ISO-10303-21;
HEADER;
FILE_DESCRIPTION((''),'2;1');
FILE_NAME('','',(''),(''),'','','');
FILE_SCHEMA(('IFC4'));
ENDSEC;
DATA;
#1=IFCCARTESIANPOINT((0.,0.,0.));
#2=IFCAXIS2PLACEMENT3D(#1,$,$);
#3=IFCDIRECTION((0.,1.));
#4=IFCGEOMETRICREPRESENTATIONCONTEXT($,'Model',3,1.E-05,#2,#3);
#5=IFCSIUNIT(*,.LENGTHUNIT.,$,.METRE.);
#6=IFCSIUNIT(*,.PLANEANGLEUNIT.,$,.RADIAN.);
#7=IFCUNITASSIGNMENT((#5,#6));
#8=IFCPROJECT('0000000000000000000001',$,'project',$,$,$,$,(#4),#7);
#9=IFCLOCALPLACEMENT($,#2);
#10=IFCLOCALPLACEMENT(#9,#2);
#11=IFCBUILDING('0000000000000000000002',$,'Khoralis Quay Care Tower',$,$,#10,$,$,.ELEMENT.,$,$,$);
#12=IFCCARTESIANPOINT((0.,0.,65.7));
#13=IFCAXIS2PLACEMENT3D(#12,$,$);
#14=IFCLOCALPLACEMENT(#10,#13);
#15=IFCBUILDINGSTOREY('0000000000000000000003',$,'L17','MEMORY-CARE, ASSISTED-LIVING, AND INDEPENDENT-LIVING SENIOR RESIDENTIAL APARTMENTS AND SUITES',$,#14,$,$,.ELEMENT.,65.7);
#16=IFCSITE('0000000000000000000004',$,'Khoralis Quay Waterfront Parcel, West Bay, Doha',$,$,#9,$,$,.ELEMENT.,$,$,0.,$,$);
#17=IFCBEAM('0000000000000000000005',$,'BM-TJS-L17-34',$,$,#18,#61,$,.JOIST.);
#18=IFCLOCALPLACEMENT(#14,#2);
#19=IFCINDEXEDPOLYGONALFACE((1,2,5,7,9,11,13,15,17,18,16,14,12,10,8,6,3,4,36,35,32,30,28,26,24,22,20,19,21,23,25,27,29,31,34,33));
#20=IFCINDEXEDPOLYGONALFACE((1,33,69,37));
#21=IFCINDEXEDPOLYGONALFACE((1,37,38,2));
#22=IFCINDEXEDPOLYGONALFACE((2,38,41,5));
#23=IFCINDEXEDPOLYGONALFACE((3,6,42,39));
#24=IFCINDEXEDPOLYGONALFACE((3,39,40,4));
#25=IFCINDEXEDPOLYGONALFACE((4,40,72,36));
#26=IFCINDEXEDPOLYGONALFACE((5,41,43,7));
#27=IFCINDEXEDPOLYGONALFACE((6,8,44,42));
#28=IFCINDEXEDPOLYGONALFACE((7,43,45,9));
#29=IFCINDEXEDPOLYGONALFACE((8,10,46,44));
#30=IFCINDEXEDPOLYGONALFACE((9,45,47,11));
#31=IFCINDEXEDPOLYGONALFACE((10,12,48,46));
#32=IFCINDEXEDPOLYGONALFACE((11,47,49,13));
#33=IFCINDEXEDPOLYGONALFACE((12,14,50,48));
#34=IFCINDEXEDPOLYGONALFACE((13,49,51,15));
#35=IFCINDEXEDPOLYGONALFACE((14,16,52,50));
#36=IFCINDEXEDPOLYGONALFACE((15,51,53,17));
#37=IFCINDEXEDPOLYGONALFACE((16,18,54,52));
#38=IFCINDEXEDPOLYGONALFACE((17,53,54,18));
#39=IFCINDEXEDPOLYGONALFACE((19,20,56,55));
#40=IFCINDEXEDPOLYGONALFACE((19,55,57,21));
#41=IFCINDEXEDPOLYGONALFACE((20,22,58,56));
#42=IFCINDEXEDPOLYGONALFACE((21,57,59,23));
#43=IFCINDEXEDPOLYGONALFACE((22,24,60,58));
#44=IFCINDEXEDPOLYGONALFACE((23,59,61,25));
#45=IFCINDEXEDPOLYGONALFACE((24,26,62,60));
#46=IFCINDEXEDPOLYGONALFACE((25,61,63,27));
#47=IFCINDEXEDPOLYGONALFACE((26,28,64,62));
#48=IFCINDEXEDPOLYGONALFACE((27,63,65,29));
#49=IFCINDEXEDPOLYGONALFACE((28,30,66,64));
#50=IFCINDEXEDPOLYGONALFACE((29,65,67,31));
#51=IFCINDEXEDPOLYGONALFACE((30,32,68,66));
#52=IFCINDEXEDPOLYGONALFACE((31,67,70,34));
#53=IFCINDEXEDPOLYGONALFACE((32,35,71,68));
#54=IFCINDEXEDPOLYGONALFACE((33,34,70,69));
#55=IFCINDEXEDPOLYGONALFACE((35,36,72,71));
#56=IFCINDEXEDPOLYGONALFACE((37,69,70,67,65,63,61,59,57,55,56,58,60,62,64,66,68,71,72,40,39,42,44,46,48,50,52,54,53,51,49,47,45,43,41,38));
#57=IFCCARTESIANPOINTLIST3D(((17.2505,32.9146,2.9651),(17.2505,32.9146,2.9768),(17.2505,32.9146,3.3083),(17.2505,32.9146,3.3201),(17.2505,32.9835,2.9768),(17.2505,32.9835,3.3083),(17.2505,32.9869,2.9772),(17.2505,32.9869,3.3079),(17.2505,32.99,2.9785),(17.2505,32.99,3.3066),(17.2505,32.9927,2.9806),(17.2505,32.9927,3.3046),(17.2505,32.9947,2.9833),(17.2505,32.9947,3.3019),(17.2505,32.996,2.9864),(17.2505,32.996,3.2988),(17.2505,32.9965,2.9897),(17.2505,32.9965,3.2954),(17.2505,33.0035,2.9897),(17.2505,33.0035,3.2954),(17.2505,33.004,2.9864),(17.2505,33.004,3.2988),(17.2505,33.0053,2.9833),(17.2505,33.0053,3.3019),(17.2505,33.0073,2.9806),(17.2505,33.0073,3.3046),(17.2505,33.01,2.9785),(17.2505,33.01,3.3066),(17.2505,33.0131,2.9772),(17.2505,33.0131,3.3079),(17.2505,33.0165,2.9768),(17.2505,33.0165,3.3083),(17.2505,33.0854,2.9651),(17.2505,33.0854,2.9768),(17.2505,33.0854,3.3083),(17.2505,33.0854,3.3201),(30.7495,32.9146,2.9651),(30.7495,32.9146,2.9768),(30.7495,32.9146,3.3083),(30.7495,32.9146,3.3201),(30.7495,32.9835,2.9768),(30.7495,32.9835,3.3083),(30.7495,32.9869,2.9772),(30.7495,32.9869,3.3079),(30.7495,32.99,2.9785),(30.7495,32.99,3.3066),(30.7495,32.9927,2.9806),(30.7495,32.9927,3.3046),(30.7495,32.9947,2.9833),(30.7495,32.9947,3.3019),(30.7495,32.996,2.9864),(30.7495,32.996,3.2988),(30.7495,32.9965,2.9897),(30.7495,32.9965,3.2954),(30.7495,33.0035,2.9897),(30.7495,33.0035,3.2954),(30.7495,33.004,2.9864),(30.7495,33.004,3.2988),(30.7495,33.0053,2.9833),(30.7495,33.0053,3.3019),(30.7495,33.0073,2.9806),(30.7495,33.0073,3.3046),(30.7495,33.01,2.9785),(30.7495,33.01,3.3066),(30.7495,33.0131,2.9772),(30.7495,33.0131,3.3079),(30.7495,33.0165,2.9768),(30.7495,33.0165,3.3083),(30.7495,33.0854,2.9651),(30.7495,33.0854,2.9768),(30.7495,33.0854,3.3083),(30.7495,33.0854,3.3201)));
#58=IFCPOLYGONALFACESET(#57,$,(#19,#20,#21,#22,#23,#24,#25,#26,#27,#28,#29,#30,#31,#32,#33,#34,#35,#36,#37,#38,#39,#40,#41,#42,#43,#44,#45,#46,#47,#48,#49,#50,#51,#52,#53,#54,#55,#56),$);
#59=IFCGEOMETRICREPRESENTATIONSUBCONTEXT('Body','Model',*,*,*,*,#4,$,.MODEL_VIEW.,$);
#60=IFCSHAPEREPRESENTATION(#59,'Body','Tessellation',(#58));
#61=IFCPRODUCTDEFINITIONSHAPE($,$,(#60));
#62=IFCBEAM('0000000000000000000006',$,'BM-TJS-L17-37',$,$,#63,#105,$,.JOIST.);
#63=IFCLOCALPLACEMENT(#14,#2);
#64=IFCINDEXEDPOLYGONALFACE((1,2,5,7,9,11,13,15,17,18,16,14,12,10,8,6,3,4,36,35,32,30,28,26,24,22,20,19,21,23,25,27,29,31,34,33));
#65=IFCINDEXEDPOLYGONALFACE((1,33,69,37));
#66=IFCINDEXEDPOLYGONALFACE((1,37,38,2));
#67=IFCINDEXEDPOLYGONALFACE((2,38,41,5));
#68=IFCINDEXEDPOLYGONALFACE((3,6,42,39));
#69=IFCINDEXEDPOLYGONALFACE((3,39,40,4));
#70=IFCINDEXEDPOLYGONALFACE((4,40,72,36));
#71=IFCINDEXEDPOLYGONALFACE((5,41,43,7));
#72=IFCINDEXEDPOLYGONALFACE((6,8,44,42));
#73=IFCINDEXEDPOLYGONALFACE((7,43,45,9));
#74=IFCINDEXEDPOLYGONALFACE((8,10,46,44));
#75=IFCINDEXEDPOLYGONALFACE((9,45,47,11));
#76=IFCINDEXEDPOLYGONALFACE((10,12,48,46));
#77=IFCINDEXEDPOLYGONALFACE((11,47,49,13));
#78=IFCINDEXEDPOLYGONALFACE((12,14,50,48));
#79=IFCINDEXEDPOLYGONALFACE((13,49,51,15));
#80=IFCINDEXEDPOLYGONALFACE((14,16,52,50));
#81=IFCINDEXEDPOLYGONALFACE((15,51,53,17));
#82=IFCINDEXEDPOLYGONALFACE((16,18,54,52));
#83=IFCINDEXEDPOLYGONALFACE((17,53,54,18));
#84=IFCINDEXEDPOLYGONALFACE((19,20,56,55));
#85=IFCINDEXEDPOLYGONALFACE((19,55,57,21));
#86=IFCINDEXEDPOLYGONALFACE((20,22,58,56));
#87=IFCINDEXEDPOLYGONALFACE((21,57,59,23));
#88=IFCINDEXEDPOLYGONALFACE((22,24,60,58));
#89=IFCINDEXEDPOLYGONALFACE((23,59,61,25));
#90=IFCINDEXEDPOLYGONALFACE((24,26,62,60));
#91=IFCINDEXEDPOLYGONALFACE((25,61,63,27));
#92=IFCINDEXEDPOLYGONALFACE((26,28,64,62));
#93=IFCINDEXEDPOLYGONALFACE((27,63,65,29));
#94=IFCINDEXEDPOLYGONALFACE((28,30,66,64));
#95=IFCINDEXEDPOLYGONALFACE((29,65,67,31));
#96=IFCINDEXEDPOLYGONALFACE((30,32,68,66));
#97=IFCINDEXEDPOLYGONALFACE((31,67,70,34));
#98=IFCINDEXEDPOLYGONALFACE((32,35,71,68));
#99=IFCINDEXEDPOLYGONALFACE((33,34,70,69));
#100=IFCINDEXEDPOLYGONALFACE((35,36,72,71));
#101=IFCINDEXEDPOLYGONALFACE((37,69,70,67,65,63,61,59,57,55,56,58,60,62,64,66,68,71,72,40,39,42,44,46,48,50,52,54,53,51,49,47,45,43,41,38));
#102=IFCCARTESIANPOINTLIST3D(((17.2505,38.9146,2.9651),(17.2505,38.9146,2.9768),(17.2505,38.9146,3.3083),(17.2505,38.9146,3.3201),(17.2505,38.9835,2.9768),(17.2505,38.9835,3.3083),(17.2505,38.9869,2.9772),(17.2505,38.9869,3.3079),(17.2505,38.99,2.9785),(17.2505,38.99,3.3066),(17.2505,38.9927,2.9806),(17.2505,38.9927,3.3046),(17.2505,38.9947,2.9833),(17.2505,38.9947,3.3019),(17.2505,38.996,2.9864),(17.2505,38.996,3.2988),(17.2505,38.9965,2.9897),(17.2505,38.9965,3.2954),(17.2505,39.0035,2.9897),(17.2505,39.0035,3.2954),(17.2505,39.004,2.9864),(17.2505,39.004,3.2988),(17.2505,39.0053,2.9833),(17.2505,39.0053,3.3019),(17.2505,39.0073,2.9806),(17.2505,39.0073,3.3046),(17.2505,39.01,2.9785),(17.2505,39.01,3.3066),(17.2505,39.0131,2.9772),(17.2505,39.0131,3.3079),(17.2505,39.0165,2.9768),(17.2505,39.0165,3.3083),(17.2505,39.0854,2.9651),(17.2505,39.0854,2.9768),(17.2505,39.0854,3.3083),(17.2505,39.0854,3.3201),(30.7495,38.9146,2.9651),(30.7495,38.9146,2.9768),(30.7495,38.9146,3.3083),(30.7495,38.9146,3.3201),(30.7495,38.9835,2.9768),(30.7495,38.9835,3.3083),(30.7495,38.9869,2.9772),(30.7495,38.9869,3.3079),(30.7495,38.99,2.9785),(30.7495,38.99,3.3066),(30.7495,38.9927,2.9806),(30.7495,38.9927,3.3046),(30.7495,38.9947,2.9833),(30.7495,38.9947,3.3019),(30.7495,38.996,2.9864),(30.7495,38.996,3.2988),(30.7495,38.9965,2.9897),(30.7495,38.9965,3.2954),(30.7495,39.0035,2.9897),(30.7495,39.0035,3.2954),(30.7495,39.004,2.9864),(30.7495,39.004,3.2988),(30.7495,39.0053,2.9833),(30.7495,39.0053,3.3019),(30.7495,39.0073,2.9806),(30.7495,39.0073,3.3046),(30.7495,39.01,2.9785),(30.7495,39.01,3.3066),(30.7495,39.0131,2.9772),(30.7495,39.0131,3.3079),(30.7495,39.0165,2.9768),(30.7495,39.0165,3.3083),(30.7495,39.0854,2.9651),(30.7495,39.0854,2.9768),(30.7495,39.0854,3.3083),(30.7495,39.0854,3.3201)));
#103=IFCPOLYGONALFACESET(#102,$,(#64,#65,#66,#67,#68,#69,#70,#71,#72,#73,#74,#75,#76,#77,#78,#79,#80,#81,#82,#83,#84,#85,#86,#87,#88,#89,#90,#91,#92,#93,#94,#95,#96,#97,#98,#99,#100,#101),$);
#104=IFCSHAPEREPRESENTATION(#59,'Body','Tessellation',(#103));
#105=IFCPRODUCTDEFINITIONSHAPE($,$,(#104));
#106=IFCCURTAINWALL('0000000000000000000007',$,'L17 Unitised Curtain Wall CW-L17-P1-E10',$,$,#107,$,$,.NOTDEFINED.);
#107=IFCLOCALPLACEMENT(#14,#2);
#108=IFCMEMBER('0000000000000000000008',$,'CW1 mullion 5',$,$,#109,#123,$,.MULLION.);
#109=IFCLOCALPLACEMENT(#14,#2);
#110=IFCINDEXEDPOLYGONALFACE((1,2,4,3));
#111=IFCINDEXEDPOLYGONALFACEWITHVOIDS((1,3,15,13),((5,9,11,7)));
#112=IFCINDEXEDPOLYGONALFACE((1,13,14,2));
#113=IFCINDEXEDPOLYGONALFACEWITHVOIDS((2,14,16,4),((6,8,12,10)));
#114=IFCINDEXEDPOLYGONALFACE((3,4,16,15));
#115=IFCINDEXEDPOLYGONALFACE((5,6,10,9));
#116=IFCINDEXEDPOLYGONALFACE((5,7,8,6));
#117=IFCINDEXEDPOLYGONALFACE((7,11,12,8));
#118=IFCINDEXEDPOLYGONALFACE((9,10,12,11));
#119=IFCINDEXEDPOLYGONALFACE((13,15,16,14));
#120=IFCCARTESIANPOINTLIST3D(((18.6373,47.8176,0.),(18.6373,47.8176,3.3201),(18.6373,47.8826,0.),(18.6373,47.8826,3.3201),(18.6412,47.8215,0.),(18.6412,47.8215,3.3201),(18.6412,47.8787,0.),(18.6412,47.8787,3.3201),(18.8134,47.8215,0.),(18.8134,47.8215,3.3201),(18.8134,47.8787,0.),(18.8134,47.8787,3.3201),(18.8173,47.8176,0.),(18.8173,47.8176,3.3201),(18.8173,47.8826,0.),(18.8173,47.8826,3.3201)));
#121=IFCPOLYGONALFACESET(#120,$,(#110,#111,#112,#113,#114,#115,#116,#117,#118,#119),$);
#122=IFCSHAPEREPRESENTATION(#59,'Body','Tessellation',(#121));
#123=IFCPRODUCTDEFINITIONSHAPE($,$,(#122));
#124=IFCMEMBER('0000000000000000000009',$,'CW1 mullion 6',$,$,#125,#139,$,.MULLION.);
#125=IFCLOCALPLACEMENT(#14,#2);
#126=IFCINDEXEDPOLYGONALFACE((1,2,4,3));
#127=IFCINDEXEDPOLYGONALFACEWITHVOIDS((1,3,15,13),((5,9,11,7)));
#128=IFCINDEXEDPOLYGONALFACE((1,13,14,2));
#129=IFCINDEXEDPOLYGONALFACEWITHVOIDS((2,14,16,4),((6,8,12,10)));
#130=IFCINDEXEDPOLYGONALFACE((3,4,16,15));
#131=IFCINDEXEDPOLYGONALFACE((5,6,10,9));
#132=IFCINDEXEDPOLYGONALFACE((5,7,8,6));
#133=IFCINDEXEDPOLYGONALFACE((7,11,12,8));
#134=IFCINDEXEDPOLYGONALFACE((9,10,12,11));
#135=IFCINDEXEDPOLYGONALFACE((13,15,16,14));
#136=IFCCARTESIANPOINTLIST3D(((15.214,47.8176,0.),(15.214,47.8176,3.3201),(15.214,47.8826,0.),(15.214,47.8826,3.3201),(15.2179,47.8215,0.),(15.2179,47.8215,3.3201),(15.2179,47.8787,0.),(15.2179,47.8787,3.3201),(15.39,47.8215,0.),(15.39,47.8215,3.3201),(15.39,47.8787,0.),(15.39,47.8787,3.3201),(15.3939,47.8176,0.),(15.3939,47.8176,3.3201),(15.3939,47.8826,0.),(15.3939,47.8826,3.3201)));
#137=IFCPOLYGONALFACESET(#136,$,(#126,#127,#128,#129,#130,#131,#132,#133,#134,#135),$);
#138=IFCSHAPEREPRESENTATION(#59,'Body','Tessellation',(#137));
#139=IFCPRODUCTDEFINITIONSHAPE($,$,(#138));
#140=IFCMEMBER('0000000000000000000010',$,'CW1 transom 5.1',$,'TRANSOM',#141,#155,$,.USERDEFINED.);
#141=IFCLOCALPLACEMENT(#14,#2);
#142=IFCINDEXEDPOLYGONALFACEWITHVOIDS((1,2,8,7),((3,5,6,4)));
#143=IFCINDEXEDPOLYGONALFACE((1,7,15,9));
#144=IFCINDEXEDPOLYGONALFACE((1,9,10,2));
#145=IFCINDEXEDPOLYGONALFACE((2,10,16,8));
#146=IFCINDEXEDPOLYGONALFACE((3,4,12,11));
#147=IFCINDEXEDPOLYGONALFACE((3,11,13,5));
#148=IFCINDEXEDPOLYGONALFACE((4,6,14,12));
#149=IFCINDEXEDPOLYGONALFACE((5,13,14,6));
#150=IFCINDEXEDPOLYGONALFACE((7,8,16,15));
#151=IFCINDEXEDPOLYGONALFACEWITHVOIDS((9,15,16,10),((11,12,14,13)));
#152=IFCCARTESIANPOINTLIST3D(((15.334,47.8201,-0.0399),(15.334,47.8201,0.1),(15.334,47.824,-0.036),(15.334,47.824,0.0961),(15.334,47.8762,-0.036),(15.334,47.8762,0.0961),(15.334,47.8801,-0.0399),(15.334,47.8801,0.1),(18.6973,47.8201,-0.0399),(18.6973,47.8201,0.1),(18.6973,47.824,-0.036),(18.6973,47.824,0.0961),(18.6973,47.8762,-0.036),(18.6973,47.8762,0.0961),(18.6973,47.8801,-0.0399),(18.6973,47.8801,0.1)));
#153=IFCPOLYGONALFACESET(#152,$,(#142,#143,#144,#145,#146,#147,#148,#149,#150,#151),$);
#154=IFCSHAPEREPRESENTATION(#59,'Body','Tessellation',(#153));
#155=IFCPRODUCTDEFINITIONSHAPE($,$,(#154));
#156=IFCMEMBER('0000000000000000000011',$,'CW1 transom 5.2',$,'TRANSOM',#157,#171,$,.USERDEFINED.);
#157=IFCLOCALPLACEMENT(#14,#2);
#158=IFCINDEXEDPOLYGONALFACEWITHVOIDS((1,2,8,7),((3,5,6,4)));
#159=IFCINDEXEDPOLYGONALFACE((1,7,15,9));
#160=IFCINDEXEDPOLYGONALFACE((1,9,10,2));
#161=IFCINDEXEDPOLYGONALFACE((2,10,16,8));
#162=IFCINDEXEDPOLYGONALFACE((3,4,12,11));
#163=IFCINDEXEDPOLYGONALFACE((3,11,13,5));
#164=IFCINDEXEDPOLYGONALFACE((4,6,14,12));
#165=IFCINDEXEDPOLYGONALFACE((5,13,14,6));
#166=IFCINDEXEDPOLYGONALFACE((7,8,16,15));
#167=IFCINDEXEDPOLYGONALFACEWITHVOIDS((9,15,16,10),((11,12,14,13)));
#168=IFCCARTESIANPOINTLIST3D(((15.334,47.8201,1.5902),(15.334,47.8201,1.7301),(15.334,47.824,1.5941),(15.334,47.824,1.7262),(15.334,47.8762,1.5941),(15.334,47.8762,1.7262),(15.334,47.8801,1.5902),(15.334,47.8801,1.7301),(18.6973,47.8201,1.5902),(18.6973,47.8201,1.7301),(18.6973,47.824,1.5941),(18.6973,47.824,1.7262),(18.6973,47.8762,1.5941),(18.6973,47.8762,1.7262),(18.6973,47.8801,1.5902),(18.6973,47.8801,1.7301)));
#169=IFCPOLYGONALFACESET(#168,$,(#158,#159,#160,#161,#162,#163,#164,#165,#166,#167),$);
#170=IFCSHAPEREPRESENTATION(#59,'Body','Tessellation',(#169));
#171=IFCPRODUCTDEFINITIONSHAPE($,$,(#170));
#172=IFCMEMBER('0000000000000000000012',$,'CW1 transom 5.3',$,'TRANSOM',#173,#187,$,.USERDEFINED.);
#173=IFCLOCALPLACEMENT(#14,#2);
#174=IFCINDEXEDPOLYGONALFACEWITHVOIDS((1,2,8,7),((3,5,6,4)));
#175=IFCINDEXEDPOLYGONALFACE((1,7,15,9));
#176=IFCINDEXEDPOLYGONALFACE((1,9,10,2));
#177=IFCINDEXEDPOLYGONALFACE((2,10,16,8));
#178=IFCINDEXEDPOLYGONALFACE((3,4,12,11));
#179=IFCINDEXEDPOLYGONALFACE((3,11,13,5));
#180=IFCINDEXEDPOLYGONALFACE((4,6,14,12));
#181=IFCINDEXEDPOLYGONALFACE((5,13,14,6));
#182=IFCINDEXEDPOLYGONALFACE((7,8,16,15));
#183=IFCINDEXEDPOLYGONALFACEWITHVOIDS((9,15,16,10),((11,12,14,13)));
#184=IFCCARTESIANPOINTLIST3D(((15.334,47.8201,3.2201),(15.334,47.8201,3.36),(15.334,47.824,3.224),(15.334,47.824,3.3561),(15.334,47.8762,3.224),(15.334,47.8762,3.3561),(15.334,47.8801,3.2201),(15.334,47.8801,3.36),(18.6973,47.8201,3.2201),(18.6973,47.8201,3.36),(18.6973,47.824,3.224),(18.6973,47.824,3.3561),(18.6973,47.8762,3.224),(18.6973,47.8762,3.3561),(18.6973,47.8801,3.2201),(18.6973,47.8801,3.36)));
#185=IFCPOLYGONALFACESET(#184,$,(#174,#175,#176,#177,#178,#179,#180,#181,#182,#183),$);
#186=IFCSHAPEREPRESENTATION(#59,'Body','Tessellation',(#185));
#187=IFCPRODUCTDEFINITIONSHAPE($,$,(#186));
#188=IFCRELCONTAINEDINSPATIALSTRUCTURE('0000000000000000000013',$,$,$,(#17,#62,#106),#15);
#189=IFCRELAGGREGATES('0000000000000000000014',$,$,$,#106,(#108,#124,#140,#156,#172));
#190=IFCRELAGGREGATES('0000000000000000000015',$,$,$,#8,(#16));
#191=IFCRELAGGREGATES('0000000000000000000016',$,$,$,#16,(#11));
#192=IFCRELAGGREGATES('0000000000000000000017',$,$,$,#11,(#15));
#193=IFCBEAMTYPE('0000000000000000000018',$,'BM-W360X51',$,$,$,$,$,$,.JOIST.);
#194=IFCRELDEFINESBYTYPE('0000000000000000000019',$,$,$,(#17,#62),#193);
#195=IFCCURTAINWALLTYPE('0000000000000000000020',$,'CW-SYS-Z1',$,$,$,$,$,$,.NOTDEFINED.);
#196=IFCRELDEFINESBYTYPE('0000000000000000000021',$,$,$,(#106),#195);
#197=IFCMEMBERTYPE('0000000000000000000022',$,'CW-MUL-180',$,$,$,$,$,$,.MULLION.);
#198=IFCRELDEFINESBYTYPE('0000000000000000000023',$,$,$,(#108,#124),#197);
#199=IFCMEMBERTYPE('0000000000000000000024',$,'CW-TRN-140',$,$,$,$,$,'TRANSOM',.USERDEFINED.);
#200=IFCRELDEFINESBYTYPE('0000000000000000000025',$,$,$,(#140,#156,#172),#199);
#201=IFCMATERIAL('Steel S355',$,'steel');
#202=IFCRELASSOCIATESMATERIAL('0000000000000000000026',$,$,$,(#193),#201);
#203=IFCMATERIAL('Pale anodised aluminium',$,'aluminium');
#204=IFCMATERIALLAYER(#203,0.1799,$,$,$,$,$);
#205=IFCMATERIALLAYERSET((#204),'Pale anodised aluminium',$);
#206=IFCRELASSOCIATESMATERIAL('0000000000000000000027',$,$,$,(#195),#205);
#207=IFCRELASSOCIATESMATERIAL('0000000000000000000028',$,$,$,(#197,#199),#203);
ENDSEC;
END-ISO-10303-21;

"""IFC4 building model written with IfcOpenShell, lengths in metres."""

from ifc_helpers import new_model, si_unit, direction, frame, origin, origin_2d, place, context, subcontext, project, spatial, hollow_rectangle, i_section, extrude, source, transform, mapped, material, layer, layer_set, material_profile, profile_set, type_object, element, aggregate, save


model = new_model("IFC4")

# Units and contexts
model_context = context("Model", 3, precision=1e-05, world=origin(), true_north=direction((0.0, 1.0)))
body_context = subcontext(model_context, "Body", "Model", "MODEL_VIEW")
ifc_project = project(units=[si_unit("LENGTHUNIT", "METRE"), si_unit("PLANEANGLEUNIT", "RADIAN")], contexts=[model_context])

# Site, building, storey
site_placement = place(None, origin())
site = spatial("IfcSite", under=ifc_project, at=site_placement, Name="Khoralis Quay Waterfront Parcel, West Bay, Doha", CompositionType="ELEMENT", RefElevation=0.0)
building_placement = place(site_placement, origin())
building = spatial("IfcBuilding", under=site, at=building_placement, Name="Khoralis Quay Care Tower", CompositionType="ELEMENT")
storey_placement = place(building_placement, frame((0.0, 0.0, 65.7)))
storey = spatial("IfcBuildingStorey", under=building, at=storey_placement, Name="L17", Description="MEMORY-CARE, ASSISTED-LIVING, AND INDEPENDENT-LIVING SENIOR RESIDENTIAL APARTMENTS AND SUITES", CompositionType="ELEMENT", Elevation=65.7)

# Beams
ifc_material_1 = material(Name="Steel S355", Category="steel")
ifc_material_profile_1 = material_profile(ifc_material_1, i_section(OverallWidth=0.1709, OverallDepth=0.355, WebThickness=0.0071, FlangeThickness=0.0117, FilletRadius=0.0129, at=origin_2d()), Name="Steel S355")
ifc_profile_set_1 = profile_set([ifc_material_profile_1], Name="Steel S355")
beam_type_1 = type_object("IfcBeamType", Name="BM-W360X51", PredefinedType="JOIST", material=ifc_profile_set_1)
shared_shape_1 = source(origin(), body_context, "Body", "SweptSolid", [
    extrude(i_section(OverallWidth=0.1709, OverallDepth=0.355, WebThickness=0.0071, FlangeThickness=0.0117, FilletRadius=0.0129, at=origin_2d()), origin(), (0.0, 0.0, 1.0), 13.499),
])
for number, where, z_axis, x_axis, name in (
    (1, (17.2505, 33.0, 3.1426), (1.0, 0.0, 0.0), (0.0, 1.0, 0.0), "BM-TJS-L17-34"),
    (2, (17.2505, 39.0, 3.1426), (1.0, 0.0, 0.0), (0.0, 1.0, 0.0), "BM-TJS-L17-37"),
):
    element("IfcBeam", number, at=place(storey_placement, frame(where, z_axis=z_axis, x_axis=x_axis)), inside=storey, type_object=beam_type_1, Name=name, PredefinedType="JOIST", context=body_context, shape_type="MappedRepresentation", body=[
        mapped(shared_shape_1, transform((0.0, 0.0, 0.0), scale=1.0)),
    ])

# Curtain wall, members
ifc_material_2 = material(Name="Pale anodised aluminium", Category="aluminium")
ifc_layer_1 = layer(ifc_material_2, 0.1799)
ifc_layer_set_1 = layer_set([ifc_layer_1], Name="Pale anodised aluminium")
curtain_wall_type = type_object("IfcCurtainWallType", Name="CW-SYS-Z1", PredefinedType="NOTDEFINED", material=ifc_layer_set_1)
curtain_wall_placement = place(storey_placement, origin())
curtain_wall = element("IfcCurtainWall", 3, at=curtain_wall_placement, inside=storey, type_object=curtain_wall_type, Name="L17 Unitised Curtain Wall CW-L17-P1-E10", PredefinedType="NOTDEFINED")
ifc_material_profile_2 = material_profile(ifc_material_2, hollow_rectangle(XDim=0.0649, YDim=0.1799, WallThickness=0.0039, at=origin_2d()), Name="Pale anodised aluminium")
ifc_profile_set_2 = profile_set([ifc_material_profile_2], Name="Pale anodised aluminium")
member_type_1 = type_object("IfcMemberType", Name="CW-MUL-180", PredefinedType="MULLION", material=ifc_profile_set_2)
shared_shape_2 = source(origin(), body_context, "Body", "SweptSolid", [
    extrude(hollow_rectangle(XDim=0.0649, YDim=0.1799, WallThickness=0.0039, at=origin_2d()), origin(), (0.0, 0.0, 1.0), 3.3201),
])
member_1_placement = place(storey_placement, frame((18.7273, 47.8501, 0.0), z_axis=(0.0, 0.0, 1.0), x_axis=(0.0, -1.0, 0.0)))
member_1 = element("IfcMember", 4, at=member_1_placement, type_object=member_type_1, Name="CW1 mullion 5", PredefinedType="MULLION", context=body_context, shape_type="MappedRepresentation", body=[
    mapped(shared_shape_2, transform((0.0, 0.0, 0.0), scale=1.0)),
])
member_2_placement = place(storey_placement, frame((15.304, 47.8501, 0.0), z_axis=(0.0, 0.0, 1.0), x_axis=(0.0, -1.0, 0.0)))
member_2 = element("IfcMember", 5, at=member_2_placement, type_object=member_type_1, Name="CW1 mullion 6", PredefinedType="MULLION", context=body_context, shape_type="MappedRepresentation", body=[
    mapped(shared_shape_2, transform((0.0, 0.0, 0.0), scale=1.0)),
])
ifc_material_profile_3 = material_profile(ifc_material_2, hollow_rectangle(XDim=0.0601, YDim=0.1399, WallThickness=0.0039, at=origin_2d()), Name="Pale anodised aluminium")
ifc_profile_set_3 = profile_set([ifc_material_profile_3], Name="Pale anodised aluminium")
member_type_2 = type_object("IfcMemberType", Name="CW-TRN-140", ElementType="TRANSOM", PredefinedType="USERDEFINED", material=ifc_profile_set_3)
shared_shape_3 = source(origin(), body_context, "Body", "SweptSolid", [
    extrude(hollow_rectangle(XDim=0.0601, YDim=0.1399, WallThickness=0.0039, at=origin_2d()), origin(), (0.0, 0.0, 1.0), 3.3633),
])
member_3_placement = place(storey_placement, frame((18.6973, 47.8501, 0.03), z_axis=(-1.0, 0.0, 0.0), x_axis=(0.0, -1.0, 0.0)))
member_3 = element("IfcMember", 6, at=member_3_placement, type_object=member_type_2, Name="CW1 transom 5.1", ObjectType="TRANSOM", PredefinedType="USERDEFINED", context=body_context, shape_type="MappedRepresentation", body=[
    mapped(shared_shape_3, transform((0.0, 0.0, 0.0), scale=1.0)),
])
member_4_placement = place(storey_placement, frame((18.6973, 47.8501, 1.6602), z_axis=(-1.0, 0.0, 0.0), x_axis=(0.0, -1.0, 0.0)))
member_4 = element("IfcMember", 7, at=member_4_placement, type_object=member_type_2, Name="CW1 transom 5.2", ObjectType="TRANSOM", PredefinedType="USERDEFINED", context=body_context, shape_type="MappedRepresentation", body=[
    mapped(shared_shape_3, transform((0.0, 0.0, 0.0), scale=1.0)),
])
member_5_placement = place(storey_placement, frame((18.6973, 47.8501, 3.29), z_axis=(-1.0, 0.0, 0.0), x_axis=(0.0, -1.0, 0.0)))
member_5 = element("IfcMember", 8, at=member_5_placement, type_object=member_type_2, Name="CW1 transom 5.3", ObjectType="TRANSOM", PredefinedType="USERDEFINED", context=body_context, shape_type="MappedRepresentation", body=[
    mapped(shared_shape_3, transform((0.0, 0.0, 0.0), scale=1.0)),
])
aggregate(curtain_wall, [member_1, member_2, member_3, member_4, member_5])

save(model, "model.ifc")
